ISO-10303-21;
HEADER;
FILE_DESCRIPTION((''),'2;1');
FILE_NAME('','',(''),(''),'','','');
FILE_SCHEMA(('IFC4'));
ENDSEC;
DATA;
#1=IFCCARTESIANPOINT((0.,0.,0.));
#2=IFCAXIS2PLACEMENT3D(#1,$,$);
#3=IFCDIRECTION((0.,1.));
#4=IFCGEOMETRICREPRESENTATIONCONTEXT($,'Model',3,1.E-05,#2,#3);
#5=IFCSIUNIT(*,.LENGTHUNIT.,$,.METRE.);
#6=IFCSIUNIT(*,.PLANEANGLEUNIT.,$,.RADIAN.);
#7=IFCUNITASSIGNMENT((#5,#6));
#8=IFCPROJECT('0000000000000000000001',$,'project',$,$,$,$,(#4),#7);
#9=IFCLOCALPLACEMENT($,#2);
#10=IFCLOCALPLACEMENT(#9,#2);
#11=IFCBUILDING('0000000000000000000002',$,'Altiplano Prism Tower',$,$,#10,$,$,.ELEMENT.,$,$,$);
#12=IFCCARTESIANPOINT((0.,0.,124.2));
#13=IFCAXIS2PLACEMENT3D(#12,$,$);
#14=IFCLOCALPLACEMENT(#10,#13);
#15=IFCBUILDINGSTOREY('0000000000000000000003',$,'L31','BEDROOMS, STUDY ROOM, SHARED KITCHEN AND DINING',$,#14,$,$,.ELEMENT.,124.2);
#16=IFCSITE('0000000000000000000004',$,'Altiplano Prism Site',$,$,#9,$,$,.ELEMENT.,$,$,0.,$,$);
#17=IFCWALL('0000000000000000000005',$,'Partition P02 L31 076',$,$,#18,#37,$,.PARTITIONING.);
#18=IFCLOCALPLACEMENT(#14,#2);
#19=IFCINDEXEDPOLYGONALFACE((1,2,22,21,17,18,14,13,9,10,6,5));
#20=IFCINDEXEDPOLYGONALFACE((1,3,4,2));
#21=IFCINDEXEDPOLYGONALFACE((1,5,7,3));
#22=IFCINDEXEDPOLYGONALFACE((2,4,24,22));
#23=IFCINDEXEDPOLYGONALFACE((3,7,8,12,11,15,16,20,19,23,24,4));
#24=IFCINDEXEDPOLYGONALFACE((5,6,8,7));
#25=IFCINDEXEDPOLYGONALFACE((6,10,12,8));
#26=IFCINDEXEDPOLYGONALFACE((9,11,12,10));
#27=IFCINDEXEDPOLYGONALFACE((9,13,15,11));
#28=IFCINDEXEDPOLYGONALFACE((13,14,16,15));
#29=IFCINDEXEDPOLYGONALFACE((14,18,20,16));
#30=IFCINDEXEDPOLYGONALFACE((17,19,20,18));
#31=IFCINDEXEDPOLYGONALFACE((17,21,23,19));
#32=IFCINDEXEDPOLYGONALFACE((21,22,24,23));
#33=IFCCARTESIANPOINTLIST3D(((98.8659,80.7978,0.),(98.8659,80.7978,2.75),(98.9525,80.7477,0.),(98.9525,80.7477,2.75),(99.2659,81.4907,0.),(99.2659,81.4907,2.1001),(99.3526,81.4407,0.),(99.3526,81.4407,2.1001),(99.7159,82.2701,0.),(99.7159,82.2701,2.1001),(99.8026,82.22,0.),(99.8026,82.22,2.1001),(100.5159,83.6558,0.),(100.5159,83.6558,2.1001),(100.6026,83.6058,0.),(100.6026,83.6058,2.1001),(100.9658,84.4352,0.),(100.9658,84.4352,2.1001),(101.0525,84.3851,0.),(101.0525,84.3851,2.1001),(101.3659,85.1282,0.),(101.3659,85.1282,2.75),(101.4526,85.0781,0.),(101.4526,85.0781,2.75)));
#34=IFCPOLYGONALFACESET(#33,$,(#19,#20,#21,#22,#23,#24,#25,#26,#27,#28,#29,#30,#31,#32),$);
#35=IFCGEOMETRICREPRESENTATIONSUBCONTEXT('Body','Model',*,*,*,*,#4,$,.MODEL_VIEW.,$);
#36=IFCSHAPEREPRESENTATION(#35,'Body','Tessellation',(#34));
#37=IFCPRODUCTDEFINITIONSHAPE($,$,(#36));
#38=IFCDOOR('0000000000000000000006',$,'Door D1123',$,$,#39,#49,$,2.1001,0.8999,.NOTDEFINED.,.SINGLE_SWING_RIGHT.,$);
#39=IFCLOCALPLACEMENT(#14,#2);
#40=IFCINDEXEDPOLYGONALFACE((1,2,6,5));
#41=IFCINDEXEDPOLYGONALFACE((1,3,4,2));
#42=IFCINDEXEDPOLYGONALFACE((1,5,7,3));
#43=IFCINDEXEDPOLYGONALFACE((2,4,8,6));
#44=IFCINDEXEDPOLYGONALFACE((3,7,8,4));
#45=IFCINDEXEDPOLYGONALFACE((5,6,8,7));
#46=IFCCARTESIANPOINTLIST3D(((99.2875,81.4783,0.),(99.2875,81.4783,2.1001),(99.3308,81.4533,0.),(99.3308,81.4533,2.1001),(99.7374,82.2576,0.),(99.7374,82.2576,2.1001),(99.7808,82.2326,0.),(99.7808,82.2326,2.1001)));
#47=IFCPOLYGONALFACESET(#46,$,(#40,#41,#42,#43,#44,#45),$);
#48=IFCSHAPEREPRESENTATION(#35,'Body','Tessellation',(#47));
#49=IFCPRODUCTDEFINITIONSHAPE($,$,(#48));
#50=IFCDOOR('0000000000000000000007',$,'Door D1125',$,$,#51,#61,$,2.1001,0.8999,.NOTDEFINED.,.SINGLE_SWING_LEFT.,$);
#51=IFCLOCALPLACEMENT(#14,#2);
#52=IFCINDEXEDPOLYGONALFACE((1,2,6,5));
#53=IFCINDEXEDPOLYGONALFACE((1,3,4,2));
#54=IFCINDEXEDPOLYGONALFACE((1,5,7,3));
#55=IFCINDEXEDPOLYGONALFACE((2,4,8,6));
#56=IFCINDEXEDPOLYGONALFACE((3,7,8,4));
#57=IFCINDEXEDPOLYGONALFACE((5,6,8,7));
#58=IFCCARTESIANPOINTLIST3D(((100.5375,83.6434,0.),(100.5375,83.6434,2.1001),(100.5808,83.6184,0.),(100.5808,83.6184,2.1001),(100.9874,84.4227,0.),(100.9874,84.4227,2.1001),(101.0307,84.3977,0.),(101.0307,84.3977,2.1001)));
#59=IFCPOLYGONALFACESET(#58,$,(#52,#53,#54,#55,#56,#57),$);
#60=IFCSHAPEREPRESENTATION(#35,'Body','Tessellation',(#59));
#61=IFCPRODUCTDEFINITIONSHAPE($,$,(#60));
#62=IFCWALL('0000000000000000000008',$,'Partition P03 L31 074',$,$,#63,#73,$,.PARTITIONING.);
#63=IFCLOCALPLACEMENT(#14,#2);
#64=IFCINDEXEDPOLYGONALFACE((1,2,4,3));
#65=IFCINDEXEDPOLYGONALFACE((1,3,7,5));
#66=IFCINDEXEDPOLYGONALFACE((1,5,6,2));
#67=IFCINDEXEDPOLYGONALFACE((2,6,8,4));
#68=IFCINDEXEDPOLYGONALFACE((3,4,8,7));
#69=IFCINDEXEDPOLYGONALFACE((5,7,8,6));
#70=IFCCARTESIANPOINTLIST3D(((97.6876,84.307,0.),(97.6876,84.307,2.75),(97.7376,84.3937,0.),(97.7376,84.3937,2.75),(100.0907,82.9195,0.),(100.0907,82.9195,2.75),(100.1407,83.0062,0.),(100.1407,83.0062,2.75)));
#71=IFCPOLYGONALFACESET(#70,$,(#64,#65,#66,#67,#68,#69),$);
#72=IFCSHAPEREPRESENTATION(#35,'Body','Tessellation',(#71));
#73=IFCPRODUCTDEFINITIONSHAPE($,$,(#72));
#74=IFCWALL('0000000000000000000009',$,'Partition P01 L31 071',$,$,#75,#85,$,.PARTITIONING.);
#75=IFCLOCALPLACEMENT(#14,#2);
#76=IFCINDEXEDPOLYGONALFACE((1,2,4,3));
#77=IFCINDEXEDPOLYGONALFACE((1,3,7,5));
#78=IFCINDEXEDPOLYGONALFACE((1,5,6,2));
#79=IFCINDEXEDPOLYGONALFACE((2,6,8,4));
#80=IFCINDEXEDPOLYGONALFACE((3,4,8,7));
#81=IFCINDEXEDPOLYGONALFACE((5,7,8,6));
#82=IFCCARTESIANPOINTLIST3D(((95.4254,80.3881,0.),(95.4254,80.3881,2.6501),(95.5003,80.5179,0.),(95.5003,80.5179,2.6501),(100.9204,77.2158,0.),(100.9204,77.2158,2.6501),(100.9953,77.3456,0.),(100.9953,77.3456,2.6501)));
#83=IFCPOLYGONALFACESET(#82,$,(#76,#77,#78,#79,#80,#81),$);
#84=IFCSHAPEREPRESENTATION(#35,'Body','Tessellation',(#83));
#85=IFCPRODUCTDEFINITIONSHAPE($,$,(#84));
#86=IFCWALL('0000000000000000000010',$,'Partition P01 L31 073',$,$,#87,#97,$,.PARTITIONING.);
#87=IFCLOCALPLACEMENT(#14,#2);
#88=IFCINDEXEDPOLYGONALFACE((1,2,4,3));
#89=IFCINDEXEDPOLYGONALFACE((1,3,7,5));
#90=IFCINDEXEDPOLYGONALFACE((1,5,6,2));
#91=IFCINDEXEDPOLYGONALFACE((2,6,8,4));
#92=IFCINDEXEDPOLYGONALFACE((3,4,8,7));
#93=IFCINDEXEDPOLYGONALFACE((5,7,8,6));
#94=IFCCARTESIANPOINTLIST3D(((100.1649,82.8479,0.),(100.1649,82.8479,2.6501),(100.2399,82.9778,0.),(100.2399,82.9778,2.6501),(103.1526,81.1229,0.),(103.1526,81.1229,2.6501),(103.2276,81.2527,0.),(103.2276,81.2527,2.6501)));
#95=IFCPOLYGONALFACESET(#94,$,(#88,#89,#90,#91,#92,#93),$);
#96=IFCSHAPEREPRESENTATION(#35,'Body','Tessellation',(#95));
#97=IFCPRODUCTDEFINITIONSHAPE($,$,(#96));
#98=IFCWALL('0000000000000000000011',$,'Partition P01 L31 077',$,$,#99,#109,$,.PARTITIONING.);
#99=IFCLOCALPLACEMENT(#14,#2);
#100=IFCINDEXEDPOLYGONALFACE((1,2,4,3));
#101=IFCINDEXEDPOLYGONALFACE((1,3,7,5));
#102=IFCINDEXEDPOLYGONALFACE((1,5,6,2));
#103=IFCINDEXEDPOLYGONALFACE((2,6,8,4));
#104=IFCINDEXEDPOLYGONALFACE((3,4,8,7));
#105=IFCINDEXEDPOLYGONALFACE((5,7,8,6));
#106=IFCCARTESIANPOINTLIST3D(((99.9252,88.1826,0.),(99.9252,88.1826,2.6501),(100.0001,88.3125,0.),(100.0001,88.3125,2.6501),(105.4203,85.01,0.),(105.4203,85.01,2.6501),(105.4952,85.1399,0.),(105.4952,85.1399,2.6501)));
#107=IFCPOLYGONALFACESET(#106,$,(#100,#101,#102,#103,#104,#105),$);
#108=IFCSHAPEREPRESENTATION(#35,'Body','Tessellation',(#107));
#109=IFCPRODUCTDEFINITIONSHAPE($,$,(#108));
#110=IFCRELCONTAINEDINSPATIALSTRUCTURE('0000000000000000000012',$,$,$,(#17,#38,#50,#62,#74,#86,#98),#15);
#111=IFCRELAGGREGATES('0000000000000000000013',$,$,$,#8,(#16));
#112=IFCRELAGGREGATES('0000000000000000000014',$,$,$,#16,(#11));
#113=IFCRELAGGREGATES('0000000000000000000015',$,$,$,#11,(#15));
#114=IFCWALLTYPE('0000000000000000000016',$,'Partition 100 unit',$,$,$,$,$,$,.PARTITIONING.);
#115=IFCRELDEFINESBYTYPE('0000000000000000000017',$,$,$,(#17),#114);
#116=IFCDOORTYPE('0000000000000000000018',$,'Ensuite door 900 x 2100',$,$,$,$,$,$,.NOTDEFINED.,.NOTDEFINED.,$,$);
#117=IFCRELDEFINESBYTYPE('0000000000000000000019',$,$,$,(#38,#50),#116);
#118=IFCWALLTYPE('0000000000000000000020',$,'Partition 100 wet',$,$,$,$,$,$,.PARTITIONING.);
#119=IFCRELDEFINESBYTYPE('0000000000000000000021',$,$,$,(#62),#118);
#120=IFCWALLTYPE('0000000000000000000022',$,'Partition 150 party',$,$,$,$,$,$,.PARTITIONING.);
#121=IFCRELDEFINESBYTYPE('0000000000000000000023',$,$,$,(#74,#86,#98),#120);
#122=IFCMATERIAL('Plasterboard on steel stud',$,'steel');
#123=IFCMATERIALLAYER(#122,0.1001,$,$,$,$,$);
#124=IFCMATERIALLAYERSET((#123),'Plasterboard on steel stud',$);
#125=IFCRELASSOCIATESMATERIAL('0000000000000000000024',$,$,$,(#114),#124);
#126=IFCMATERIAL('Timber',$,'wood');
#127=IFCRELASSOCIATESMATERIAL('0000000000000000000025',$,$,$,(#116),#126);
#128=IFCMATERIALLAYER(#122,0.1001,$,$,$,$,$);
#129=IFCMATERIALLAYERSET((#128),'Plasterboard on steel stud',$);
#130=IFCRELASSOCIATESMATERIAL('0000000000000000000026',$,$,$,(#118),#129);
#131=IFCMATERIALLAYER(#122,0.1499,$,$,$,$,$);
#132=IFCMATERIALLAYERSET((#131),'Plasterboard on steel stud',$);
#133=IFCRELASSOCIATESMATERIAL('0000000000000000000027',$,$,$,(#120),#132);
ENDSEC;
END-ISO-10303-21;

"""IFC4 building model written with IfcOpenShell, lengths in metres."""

from ifc_helpers import new_model, si_unit, direction, frame, frame_2d, origin, place, context, subcontext, project, spatial, rectangle, extrude, material, layer, layer_set, type_object, element, fill, save


model = new_model("IFC4")

# Units and contexts
model_context = context("Model", 3, precision=1e-05, world=origin(), true_north=direction((0.0, 1.0)))
body_context = subcontext(model_context, "Body", "Model", "MODEL_VIEW")
ifc_project = project(units=[si_unit("LENGTHUNIT", "METRE"), si_unit("PLANEANGLEUNIT", "RADIAN")], contexts=[model_context])

# Site, building, storey
site_placement = place(None, origin())
site = spatial("IfcSite", under=ifc_project, at=site_placement, Name="Altiplano Prism Site", CompositionType="ELEMENT", RefElevation=0.0)
building_placement = place(site_placement, origin())
building = spatial("IfcBuilding", under=site, at=building_placement, Name="Altiplano Prism Tower", CompositionType="ELEMENT")
storey_placement = place(building_placement, frame((0.0, 0.0, 124.2)))
storey = spatial("IfcBuildingStorey", under=building, at=storey_placement, Name="L31", Description="BEDROOMS, STUDY ROOM, SHARED KITCHEN AND DINING", CompositionType="ELEMENT", Elevation=124.2)

# Shared definitions
ifc_material_1 = material(Name="Plasterboard on steel stud", Category="steel")
ifc_layer_1 = layer(ifc_material_1, 0.1001)
ifc_layer_set_1 = layer_set([ifc_layer_1], Name="Plasterboard on steel stud")
wall_type_1 = type_object("IfcWallType", Name="Partition 100 unit", PredefinedType="PARTITIONING", material=ifc_layer_set_1)

# Wall, openings, doors
wall_1_placement = place(storey_placement, frame((101.4092, 85.103, 0.0), z_axis=(0.0, 0.0, 1.0), x_axis=(-0.499983, -0.866035, 0.0)))
wall_1 = element("IfcWall", 1, at=wall_1_placement, inside=storey, type_object=wall_type_1, Name="Partition P02 L31 076", PredefinedType="PARTITIONING", context=body_context, shape_type="SweptSolid", body=[
    extrude(rectangle(XDim=5.0002, YDim=0.1001, at=frame_2d((2.5, 0.0))), origin(), (0.0, 0.0, 1.0), 2.75),
])
opening_1_placement = place(wall_1_placement, frame((3.3, 0.0, 0.0)))
opening_1 = element("IfcOpeningElement", 2, at=opening_1_placement, cuts=wall_1, PredefinedType="OPENING", context=body_context, shape_type="SweptSolid", body=[
    extrude(rectangle(XDim=0.8999, YDim=2.1001, at=frame_2d((0.45, 1.05))), frame((0.0, 0.0605, 0.0), z_axis=(0.0, -1.0, 0.0), x_axis=(1.0, 0.0, 0.0)), (0.0, 0.0, 1.0), 0.1211),
])
opening_2_placement = place(wall_1_placement, frame((0.8, 0.0, 0.0)))
opening_2 = element("IfcOpeningElement", 3, at=opening_2_placement, cuts=wall_1, PredefinedType="OPENING", context=body_context, shape_type="SweptSolid", body=[
    extrude(rectangle(XDim=0.8999, YDim=2.1001, at=frame_2d((0.45, 1.05))), frame((0.0, 0.0605, 0.0), z_axis=(0.0, -1.0, 0.0), x_axis=(1.0, 0.0, 0.0)), (0.0, 0.0, 1.0), 0.1211),
])
ifc_material_2 = material(Name="Timber", Category="wood")
door_type = type_object("IfcDoorType", Name="Ensuite door 900 x 2100", OperationType="NOTDEFINED", PredefinedType="NOTDEFINED", material=ifc_material_2)
door_1_placement = place(opening_1_placement, origin())
door_1 = element("IfcDoor", 4, at=door_1_placement, inside=storey, type_object=door_type, Name="Door D1123", OperationType="SINGLE_SWING_RIGHT", OverallHeight=2.1001, OverallWidth=0.8999, PredefinedType="NOTDEFINED", context=body_context, shape_type="SweptSolid", body=[
    extrude(rectangle(XDim=0.8999, YDim=2.1001, at=frame_2d((0.45, 1.05))), frame((0.0, 0.0249, 0.0), z_axis=(0.0, -1.0, 0.0), x_axis=(1.0, 0.0, 0.0)), (0.0, 0.0, 1.0), 0.05),
])
fill(opening_1, door_1)
door_2_placement = place(opening_2_placement, origin())
door_2 = element("IfcDoor", 5, at=door_2_placement, inside=storey, type_object=door_type, Name="Door D1125", OperationType="SINGLE_SWING_LEFT", OverallHeight=2.1001, OverallWidth=0.8999, PredefinedType="NOTDEFINED", context=body_context, shape_type="SweptSolid", body=[
    extrude(rectangle(XDim=0.8999, YDim=2.1001, at=frame_2d((0.45, 1.05))), frame((0.0, 0.0249, 0.0), z_axis=(0.0, -1.0, 0.0), x_axis=(1.0, 0.0, 0.0)), (0.0, 0.0, 1.0), 0.05),
])
fill(opening_2, door_2)

# Walls
ifc_layer_2 = layer(ifc_material_1, 0.1001)
ifc_layer_set_2 = layer_set([ifc_layer_2], Name="Plasterboard on steel stud")
wall_type_2 = type_object("IfcWallType", Name="Partition 100 wet", PredefinedType="PARTITIONING", material=ifc_layer_set_2)
wall_2_placement = place(storey_placement, frame((100.1157, 82.9629, 0.0), z_axis=(0.0, 0.0, 1.0), x_axis=(-0.86602, 0.500009, 0.0)))
element("IfcWall", 6, at=wall_2_placement, inside=storey, type_object=wall_type_2, Name="Partition P03 L31 074", PredefinedType="PARTITIONING", context=body_context, shape_type="SweptSolid", body=[
    extrude(rectangle(XDim=2.7749, YDim=0.1001, at=frame_2d((1.3875, 0.0))), origin(), (0.0, 0.0, 1.0), 2.75),
])
ifc_layer_3 = layer(ifc_material_1, 0.1499)
ifc_layer_set_3 = layer_set([ifc_layer_3], Name="Plasterboard on steel stud")
wall_type_3 = type_object("IfcWallType", Name="Partition 150 party", PredefinedType="PARTITIONING", material=ifc_layer_set_3)
wall_3_placement = place(storey_placement, frame((100.9578, 77.2808, 0.0), z_axis=(0.0, 0.0, 1.0), x_axis=(-0.866042, 0.499971, 0.0)))
element("IfcWall", 7, at=wall_3_placement, inside=storey, type_object=wall_type_3, Name="Partition P01 L31 071", PredefinedType="PARTITIONING", context=body_context, shape_type="SweptSolid", body=[
    extrude(rectangle(XDim=6.345, YDim=0.1499, at=frame_2d((3.1724, 0.0))), origin(), (0.0, 0.0, 1.0), 2.6501),
])
wall_4_placement = place(storey_placement, frame((103.1902, 81.1877, 0.0), z_axis=(0.0, 0.0, 1.0), x_axis=(-0.866014, 0.500021, 0.0)))
element("IfcWall", 8, at=wall_4_placement, inside=storey, type_object=wall_type_3, Name="Partition P01 L31 073", PredefinedType="PARTITIONING", context=body_context, shape_type="SweptSolid", body=[
    extrude(rectangle(XDim=3.45, YDim=0.1499, at=frame_2d((1.7251, 0.0))), origin(), (0.0, 0.0, 1.0), 2.6501),
])
wall_5_placement = place(storey_placement, frame((105.4578, 85.075, 0.0), z_axis=(0.0, 0.0, 1.0), x_axis=(-0.866025, 0.5, 0.0)))
element("IfcWall", 9, at=wall_5_placement, inside=storey, type_object=wall_type_3, Name="Partition P01 L31 077", PredefinedType="PARTITIONING", context=body_context, shape_type="SweptSolid", body=[
    extrude(rectangle(XDim=6.3452, YDim=0.1499, at=frame_2d((3.1726, 0.0))), origin(), (0.0, 0.0, 1.0), 2.6501),
])

save(model, "model.ifc")
